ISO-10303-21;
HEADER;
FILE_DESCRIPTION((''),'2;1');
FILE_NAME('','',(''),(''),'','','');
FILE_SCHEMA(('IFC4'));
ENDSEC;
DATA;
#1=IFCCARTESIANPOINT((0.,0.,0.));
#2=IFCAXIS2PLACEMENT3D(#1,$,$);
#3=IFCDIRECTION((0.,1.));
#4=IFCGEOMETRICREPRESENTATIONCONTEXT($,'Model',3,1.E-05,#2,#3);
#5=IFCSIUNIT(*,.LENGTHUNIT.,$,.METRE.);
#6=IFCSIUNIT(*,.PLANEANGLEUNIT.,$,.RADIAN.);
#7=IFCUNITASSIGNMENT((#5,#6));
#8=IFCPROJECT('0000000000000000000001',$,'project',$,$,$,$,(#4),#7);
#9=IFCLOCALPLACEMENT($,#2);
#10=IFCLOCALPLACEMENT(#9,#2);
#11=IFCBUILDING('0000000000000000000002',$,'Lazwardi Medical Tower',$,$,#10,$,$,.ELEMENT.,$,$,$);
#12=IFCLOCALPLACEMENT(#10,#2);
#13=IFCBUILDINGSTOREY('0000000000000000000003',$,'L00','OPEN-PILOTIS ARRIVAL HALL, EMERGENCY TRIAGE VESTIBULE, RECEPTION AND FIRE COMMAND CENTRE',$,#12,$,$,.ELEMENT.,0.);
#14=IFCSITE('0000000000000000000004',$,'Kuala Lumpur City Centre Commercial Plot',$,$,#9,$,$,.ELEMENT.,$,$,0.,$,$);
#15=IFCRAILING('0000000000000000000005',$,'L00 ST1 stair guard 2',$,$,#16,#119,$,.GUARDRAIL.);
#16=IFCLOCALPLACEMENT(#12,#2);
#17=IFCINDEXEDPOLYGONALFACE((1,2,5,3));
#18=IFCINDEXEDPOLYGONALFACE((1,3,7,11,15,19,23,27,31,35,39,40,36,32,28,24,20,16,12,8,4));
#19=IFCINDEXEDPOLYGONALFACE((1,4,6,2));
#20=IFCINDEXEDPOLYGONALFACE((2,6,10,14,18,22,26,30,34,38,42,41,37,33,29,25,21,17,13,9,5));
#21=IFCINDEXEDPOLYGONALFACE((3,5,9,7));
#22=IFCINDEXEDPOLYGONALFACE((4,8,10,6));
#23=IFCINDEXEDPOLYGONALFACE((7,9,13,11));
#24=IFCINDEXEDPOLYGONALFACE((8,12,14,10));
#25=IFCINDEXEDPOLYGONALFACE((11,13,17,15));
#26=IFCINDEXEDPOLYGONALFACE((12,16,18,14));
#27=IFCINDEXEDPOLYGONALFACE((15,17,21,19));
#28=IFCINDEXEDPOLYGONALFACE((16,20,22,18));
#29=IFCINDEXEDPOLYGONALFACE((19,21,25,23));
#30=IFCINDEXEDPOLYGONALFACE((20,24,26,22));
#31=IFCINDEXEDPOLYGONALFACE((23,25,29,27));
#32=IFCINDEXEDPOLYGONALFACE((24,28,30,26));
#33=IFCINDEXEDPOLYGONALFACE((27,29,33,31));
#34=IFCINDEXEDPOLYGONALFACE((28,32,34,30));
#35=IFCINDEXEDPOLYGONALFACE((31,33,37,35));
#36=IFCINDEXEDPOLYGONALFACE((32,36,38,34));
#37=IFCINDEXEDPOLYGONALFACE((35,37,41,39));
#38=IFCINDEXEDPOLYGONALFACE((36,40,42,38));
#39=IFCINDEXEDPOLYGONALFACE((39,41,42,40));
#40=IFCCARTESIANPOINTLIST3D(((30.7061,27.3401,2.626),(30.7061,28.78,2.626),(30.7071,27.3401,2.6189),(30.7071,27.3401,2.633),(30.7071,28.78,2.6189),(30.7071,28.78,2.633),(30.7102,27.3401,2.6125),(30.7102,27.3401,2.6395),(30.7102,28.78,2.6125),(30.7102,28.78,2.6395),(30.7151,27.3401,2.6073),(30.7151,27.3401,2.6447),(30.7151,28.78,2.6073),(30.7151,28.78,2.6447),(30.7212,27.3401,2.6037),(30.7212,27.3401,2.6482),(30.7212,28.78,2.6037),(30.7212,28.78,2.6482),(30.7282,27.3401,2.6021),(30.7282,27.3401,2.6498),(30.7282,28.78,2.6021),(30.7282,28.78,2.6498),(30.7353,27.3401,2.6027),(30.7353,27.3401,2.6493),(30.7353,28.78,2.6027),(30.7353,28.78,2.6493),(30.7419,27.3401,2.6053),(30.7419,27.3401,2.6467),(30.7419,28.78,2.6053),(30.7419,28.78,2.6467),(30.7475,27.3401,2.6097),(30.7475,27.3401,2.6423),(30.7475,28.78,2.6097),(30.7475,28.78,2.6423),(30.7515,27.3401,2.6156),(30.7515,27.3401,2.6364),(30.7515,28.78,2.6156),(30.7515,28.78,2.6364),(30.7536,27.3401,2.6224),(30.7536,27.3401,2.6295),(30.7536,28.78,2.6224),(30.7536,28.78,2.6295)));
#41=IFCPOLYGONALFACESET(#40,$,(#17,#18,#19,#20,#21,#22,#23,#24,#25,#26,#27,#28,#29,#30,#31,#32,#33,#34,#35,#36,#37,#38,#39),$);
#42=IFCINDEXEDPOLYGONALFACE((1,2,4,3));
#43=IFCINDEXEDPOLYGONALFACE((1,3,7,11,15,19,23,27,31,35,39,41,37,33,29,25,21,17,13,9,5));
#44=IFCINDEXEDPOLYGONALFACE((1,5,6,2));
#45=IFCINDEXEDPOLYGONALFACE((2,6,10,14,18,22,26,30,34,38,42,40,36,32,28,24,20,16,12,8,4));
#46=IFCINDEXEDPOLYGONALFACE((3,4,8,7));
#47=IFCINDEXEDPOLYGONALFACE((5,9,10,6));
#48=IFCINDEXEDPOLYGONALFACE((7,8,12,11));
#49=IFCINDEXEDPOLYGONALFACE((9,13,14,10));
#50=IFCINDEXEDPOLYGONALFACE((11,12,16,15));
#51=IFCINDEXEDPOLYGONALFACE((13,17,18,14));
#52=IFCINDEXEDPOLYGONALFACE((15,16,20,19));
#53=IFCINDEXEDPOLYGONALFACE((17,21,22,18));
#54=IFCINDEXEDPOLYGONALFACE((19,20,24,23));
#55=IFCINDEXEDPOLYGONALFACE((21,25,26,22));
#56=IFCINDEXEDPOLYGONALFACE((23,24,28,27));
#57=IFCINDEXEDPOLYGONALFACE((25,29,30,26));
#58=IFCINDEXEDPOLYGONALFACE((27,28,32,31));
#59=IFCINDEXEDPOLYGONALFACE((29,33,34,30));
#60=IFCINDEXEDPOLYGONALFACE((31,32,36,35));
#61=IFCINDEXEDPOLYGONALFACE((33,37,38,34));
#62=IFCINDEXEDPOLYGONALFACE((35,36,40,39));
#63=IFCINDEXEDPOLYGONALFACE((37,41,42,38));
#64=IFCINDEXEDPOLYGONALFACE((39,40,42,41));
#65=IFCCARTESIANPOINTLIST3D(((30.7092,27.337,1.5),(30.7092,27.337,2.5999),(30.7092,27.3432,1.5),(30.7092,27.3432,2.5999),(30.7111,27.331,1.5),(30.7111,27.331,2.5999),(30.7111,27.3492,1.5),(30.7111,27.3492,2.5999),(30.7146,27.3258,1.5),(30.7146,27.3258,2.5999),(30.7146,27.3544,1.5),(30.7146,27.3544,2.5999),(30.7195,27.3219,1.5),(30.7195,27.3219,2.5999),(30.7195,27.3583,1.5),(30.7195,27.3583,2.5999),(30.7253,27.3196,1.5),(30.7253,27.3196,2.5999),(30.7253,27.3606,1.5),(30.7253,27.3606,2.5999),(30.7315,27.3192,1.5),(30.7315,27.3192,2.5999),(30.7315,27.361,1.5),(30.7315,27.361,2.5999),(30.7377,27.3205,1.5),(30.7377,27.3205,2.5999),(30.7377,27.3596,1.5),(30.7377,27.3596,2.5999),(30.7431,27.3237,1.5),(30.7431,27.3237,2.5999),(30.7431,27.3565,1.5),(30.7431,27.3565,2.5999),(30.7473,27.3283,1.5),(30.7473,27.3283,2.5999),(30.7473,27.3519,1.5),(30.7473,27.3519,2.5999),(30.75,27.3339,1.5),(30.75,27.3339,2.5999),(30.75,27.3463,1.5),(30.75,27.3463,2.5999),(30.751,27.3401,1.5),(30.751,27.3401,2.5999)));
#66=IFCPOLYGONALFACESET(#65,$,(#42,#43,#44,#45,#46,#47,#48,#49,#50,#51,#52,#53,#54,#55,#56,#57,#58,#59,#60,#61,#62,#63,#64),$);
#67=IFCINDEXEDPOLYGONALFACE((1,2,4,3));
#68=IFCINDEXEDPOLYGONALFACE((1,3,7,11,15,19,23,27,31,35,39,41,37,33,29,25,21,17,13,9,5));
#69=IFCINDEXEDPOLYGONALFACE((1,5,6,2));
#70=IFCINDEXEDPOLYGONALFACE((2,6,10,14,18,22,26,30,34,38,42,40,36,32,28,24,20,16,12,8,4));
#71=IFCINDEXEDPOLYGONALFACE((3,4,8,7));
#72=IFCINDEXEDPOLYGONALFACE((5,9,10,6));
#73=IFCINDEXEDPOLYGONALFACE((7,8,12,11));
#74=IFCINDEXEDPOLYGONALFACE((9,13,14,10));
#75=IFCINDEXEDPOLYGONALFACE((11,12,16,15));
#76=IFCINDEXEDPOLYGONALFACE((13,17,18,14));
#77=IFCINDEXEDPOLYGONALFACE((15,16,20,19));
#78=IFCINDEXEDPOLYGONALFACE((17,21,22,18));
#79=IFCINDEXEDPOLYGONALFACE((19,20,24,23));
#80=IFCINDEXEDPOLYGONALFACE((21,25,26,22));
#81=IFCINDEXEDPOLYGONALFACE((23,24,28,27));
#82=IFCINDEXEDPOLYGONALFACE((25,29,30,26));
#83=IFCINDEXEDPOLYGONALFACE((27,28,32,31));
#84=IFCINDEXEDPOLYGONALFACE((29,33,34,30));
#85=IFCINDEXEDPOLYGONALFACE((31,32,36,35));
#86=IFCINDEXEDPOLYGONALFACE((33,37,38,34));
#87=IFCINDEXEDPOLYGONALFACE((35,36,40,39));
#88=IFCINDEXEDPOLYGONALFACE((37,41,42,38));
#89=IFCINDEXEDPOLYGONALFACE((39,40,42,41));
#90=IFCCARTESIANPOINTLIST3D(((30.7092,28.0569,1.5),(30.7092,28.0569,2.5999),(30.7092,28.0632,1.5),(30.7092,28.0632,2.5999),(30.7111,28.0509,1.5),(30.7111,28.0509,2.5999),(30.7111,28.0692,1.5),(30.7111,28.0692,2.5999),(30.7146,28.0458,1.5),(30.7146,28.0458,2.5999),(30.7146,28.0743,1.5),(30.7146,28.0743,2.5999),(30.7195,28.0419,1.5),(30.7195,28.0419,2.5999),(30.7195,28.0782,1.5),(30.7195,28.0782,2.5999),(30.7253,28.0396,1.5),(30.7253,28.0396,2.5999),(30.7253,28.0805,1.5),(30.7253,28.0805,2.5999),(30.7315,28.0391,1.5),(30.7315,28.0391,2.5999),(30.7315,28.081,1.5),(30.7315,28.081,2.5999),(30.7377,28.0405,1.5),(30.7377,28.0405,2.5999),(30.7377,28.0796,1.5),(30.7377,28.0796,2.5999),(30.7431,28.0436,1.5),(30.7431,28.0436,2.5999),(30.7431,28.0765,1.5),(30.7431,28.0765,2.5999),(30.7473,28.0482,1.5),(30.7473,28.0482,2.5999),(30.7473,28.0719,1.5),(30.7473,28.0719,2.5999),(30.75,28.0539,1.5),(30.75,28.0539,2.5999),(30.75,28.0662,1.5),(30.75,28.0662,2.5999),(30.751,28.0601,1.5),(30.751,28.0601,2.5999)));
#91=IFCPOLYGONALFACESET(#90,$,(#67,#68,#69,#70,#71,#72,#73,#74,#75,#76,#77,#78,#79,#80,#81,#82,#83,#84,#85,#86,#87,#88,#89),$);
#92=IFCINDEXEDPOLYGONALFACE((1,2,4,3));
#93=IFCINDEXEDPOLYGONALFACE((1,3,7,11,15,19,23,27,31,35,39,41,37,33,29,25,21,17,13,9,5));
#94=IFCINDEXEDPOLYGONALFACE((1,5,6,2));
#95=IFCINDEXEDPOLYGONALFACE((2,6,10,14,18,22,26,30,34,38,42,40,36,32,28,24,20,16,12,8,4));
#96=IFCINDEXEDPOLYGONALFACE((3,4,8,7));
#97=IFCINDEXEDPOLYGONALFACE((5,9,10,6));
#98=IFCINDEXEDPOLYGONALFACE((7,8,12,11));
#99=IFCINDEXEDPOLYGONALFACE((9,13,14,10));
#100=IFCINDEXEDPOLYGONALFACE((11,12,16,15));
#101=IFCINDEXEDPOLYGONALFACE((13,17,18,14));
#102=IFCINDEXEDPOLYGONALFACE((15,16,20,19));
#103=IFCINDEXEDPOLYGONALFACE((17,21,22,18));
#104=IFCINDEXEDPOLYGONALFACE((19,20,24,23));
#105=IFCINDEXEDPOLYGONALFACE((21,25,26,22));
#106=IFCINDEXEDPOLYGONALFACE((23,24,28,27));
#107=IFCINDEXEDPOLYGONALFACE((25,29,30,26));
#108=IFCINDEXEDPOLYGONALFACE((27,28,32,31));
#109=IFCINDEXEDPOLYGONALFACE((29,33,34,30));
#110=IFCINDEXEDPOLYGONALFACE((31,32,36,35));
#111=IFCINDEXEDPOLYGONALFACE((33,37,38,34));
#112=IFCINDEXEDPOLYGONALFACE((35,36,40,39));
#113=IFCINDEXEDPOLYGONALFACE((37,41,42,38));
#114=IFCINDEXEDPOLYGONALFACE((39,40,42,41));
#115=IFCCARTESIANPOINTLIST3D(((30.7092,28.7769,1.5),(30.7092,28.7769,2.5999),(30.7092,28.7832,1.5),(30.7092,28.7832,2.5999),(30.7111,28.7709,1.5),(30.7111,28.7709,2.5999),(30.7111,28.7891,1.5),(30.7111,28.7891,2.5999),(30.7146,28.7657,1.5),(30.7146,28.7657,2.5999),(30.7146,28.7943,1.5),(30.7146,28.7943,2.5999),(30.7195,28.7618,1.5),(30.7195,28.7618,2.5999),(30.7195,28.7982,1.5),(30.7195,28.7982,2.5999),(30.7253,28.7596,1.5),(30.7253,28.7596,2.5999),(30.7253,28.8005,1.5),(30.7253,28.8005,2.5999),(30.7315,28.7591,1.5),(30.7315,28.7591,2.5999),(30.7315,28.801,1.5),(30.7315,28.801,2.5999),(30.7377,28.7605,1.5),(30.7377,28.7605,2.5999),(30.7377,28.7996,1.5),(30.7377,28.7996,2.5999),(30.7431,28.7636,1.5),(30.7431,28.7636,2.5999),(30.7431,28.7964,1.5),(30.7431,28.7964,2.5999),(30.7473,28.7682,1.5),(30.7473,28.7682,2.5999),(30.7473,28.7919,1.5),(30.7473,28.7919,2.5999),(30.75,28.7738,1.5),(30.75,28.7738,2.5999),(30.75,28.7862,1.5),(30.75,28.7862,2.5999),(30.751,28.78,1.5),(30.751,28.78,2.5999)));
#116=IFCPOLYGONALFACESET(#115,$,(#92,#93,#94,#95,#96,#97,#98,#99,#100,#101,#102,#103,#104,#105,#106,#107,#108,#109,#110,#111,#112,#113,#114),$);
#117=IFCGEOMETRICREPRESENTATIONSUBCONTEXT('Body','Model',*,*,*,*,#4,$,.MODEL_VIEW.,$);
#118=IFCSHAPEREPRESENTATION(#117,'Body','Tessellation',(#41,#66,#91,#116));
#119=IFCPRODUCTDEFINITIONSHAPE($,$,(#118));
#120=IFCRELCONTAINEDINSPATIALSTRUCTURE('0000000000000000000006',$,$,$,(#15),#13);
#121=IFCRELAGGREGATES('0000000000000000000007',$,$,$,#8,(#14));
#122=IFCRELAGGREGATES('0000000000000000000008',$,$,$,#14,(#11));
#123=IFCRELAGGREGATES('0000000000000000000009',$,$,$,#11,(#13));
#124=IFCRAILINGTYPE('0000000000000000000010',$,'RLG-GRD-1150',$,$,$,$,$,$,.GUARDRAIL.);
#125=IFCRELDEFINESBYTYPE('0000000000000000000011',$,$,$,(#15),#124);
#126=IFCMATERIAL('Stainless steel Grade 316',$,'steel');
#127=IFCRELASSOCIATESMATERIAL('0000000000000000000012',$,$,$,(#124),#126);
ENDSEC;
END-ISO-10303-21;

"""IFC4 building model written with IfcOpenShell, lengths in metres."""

from ifc_helpers import new_model, si_unit, direction, frame, origin, origin_2d, place, context, subcontext, project, spatial, circle, extrude, material, type_object, element, save


model = new_model("IFC4")

# Units and contexts
model_context = context("Model", 3, precision=1e-05, world=origin(), true_north=direction((0.0, 1.0)))
body_context = subcontext(model_context, "Body", "Model", "MODEL_VIEW")
ifc_project = project(units=[si_unit("LENGTHUNIT", "METRE"), si_unit("PLANEANGLEUNIT", "RADIAN")], contexts=[model_context])

# Site, building, storey
site_placement = place(None, origin())
site = spatial("IfcSite", under=ifc_project, at=site_placement, Name="Kuala Lumpur City Centre Commercial Plot", CompositionType="ELEMENT", RefElevation=0.0)
building_placement = place(site_placement, origin())
building = spatial("IfcBuilding", under=site, at=building_placement, Name="Lazwardi Medical Tower", CompositionType="ELEMENT")
storey_placement = place(building_placement, origin())
storey = spatial("IfcBuildingStorey", under=building, at=storey_placement, Name="L00", Description="OPEN-PILOTIS ARRIVAL HALL, EMERGENCY TRIAGE VESTIBULE, RECEPTION AND FIRE COMMAND CENTRE", CompositionType="ELEMENT", Elevation=0.0)

# Railing
ifc_material_1 = material(Name="Stainless steel Grade 316", Category="steel")
railing_type_1 = type_object("IfcRailingType", Name="RLG-GRD-1150", PredefinedType="GUARDRAIL", material=ifc_material_1)
railing_1_placement = place(storey_placement, frame((30.73, 27.3401, 1.5)))
element("IfcRailing", 1, at=railing_1_placement, inside=storey, type_object=railing_type_1, Name="L00 ST1 stair guard 2", PredefinedType="GUARDRAIL", context=body_context, shape_type="SweptSolid", body=[
    extrude(circle(Radius=0.0239, at=origin_2d()), frame((0.0, 0.0, 1.126), z_axis=(0.0, 1.0, 0.0), x_axis=(-1.0, 0.0, 0.0)), (0.0, 0.0, 1.0), 1.4399),
    extrude(circle(Radius=0.021, at=origin_2d()), origin(), (0.0, 0.0, 1.0), 1.0999),
    extrude(circle(Radius=0.021, at=origin_2d()), frame((0.0, 0.72, 0.0)), (0.0, 0.0, 1.0), 1.0999),
    extrude(circle(Radius=0.021, at=origin_2d()), frame((0.0, 1.4399, 0.0)), (0.0, 0.0, 1.0), 1.0999),
])

save(model, "model.ifc")
